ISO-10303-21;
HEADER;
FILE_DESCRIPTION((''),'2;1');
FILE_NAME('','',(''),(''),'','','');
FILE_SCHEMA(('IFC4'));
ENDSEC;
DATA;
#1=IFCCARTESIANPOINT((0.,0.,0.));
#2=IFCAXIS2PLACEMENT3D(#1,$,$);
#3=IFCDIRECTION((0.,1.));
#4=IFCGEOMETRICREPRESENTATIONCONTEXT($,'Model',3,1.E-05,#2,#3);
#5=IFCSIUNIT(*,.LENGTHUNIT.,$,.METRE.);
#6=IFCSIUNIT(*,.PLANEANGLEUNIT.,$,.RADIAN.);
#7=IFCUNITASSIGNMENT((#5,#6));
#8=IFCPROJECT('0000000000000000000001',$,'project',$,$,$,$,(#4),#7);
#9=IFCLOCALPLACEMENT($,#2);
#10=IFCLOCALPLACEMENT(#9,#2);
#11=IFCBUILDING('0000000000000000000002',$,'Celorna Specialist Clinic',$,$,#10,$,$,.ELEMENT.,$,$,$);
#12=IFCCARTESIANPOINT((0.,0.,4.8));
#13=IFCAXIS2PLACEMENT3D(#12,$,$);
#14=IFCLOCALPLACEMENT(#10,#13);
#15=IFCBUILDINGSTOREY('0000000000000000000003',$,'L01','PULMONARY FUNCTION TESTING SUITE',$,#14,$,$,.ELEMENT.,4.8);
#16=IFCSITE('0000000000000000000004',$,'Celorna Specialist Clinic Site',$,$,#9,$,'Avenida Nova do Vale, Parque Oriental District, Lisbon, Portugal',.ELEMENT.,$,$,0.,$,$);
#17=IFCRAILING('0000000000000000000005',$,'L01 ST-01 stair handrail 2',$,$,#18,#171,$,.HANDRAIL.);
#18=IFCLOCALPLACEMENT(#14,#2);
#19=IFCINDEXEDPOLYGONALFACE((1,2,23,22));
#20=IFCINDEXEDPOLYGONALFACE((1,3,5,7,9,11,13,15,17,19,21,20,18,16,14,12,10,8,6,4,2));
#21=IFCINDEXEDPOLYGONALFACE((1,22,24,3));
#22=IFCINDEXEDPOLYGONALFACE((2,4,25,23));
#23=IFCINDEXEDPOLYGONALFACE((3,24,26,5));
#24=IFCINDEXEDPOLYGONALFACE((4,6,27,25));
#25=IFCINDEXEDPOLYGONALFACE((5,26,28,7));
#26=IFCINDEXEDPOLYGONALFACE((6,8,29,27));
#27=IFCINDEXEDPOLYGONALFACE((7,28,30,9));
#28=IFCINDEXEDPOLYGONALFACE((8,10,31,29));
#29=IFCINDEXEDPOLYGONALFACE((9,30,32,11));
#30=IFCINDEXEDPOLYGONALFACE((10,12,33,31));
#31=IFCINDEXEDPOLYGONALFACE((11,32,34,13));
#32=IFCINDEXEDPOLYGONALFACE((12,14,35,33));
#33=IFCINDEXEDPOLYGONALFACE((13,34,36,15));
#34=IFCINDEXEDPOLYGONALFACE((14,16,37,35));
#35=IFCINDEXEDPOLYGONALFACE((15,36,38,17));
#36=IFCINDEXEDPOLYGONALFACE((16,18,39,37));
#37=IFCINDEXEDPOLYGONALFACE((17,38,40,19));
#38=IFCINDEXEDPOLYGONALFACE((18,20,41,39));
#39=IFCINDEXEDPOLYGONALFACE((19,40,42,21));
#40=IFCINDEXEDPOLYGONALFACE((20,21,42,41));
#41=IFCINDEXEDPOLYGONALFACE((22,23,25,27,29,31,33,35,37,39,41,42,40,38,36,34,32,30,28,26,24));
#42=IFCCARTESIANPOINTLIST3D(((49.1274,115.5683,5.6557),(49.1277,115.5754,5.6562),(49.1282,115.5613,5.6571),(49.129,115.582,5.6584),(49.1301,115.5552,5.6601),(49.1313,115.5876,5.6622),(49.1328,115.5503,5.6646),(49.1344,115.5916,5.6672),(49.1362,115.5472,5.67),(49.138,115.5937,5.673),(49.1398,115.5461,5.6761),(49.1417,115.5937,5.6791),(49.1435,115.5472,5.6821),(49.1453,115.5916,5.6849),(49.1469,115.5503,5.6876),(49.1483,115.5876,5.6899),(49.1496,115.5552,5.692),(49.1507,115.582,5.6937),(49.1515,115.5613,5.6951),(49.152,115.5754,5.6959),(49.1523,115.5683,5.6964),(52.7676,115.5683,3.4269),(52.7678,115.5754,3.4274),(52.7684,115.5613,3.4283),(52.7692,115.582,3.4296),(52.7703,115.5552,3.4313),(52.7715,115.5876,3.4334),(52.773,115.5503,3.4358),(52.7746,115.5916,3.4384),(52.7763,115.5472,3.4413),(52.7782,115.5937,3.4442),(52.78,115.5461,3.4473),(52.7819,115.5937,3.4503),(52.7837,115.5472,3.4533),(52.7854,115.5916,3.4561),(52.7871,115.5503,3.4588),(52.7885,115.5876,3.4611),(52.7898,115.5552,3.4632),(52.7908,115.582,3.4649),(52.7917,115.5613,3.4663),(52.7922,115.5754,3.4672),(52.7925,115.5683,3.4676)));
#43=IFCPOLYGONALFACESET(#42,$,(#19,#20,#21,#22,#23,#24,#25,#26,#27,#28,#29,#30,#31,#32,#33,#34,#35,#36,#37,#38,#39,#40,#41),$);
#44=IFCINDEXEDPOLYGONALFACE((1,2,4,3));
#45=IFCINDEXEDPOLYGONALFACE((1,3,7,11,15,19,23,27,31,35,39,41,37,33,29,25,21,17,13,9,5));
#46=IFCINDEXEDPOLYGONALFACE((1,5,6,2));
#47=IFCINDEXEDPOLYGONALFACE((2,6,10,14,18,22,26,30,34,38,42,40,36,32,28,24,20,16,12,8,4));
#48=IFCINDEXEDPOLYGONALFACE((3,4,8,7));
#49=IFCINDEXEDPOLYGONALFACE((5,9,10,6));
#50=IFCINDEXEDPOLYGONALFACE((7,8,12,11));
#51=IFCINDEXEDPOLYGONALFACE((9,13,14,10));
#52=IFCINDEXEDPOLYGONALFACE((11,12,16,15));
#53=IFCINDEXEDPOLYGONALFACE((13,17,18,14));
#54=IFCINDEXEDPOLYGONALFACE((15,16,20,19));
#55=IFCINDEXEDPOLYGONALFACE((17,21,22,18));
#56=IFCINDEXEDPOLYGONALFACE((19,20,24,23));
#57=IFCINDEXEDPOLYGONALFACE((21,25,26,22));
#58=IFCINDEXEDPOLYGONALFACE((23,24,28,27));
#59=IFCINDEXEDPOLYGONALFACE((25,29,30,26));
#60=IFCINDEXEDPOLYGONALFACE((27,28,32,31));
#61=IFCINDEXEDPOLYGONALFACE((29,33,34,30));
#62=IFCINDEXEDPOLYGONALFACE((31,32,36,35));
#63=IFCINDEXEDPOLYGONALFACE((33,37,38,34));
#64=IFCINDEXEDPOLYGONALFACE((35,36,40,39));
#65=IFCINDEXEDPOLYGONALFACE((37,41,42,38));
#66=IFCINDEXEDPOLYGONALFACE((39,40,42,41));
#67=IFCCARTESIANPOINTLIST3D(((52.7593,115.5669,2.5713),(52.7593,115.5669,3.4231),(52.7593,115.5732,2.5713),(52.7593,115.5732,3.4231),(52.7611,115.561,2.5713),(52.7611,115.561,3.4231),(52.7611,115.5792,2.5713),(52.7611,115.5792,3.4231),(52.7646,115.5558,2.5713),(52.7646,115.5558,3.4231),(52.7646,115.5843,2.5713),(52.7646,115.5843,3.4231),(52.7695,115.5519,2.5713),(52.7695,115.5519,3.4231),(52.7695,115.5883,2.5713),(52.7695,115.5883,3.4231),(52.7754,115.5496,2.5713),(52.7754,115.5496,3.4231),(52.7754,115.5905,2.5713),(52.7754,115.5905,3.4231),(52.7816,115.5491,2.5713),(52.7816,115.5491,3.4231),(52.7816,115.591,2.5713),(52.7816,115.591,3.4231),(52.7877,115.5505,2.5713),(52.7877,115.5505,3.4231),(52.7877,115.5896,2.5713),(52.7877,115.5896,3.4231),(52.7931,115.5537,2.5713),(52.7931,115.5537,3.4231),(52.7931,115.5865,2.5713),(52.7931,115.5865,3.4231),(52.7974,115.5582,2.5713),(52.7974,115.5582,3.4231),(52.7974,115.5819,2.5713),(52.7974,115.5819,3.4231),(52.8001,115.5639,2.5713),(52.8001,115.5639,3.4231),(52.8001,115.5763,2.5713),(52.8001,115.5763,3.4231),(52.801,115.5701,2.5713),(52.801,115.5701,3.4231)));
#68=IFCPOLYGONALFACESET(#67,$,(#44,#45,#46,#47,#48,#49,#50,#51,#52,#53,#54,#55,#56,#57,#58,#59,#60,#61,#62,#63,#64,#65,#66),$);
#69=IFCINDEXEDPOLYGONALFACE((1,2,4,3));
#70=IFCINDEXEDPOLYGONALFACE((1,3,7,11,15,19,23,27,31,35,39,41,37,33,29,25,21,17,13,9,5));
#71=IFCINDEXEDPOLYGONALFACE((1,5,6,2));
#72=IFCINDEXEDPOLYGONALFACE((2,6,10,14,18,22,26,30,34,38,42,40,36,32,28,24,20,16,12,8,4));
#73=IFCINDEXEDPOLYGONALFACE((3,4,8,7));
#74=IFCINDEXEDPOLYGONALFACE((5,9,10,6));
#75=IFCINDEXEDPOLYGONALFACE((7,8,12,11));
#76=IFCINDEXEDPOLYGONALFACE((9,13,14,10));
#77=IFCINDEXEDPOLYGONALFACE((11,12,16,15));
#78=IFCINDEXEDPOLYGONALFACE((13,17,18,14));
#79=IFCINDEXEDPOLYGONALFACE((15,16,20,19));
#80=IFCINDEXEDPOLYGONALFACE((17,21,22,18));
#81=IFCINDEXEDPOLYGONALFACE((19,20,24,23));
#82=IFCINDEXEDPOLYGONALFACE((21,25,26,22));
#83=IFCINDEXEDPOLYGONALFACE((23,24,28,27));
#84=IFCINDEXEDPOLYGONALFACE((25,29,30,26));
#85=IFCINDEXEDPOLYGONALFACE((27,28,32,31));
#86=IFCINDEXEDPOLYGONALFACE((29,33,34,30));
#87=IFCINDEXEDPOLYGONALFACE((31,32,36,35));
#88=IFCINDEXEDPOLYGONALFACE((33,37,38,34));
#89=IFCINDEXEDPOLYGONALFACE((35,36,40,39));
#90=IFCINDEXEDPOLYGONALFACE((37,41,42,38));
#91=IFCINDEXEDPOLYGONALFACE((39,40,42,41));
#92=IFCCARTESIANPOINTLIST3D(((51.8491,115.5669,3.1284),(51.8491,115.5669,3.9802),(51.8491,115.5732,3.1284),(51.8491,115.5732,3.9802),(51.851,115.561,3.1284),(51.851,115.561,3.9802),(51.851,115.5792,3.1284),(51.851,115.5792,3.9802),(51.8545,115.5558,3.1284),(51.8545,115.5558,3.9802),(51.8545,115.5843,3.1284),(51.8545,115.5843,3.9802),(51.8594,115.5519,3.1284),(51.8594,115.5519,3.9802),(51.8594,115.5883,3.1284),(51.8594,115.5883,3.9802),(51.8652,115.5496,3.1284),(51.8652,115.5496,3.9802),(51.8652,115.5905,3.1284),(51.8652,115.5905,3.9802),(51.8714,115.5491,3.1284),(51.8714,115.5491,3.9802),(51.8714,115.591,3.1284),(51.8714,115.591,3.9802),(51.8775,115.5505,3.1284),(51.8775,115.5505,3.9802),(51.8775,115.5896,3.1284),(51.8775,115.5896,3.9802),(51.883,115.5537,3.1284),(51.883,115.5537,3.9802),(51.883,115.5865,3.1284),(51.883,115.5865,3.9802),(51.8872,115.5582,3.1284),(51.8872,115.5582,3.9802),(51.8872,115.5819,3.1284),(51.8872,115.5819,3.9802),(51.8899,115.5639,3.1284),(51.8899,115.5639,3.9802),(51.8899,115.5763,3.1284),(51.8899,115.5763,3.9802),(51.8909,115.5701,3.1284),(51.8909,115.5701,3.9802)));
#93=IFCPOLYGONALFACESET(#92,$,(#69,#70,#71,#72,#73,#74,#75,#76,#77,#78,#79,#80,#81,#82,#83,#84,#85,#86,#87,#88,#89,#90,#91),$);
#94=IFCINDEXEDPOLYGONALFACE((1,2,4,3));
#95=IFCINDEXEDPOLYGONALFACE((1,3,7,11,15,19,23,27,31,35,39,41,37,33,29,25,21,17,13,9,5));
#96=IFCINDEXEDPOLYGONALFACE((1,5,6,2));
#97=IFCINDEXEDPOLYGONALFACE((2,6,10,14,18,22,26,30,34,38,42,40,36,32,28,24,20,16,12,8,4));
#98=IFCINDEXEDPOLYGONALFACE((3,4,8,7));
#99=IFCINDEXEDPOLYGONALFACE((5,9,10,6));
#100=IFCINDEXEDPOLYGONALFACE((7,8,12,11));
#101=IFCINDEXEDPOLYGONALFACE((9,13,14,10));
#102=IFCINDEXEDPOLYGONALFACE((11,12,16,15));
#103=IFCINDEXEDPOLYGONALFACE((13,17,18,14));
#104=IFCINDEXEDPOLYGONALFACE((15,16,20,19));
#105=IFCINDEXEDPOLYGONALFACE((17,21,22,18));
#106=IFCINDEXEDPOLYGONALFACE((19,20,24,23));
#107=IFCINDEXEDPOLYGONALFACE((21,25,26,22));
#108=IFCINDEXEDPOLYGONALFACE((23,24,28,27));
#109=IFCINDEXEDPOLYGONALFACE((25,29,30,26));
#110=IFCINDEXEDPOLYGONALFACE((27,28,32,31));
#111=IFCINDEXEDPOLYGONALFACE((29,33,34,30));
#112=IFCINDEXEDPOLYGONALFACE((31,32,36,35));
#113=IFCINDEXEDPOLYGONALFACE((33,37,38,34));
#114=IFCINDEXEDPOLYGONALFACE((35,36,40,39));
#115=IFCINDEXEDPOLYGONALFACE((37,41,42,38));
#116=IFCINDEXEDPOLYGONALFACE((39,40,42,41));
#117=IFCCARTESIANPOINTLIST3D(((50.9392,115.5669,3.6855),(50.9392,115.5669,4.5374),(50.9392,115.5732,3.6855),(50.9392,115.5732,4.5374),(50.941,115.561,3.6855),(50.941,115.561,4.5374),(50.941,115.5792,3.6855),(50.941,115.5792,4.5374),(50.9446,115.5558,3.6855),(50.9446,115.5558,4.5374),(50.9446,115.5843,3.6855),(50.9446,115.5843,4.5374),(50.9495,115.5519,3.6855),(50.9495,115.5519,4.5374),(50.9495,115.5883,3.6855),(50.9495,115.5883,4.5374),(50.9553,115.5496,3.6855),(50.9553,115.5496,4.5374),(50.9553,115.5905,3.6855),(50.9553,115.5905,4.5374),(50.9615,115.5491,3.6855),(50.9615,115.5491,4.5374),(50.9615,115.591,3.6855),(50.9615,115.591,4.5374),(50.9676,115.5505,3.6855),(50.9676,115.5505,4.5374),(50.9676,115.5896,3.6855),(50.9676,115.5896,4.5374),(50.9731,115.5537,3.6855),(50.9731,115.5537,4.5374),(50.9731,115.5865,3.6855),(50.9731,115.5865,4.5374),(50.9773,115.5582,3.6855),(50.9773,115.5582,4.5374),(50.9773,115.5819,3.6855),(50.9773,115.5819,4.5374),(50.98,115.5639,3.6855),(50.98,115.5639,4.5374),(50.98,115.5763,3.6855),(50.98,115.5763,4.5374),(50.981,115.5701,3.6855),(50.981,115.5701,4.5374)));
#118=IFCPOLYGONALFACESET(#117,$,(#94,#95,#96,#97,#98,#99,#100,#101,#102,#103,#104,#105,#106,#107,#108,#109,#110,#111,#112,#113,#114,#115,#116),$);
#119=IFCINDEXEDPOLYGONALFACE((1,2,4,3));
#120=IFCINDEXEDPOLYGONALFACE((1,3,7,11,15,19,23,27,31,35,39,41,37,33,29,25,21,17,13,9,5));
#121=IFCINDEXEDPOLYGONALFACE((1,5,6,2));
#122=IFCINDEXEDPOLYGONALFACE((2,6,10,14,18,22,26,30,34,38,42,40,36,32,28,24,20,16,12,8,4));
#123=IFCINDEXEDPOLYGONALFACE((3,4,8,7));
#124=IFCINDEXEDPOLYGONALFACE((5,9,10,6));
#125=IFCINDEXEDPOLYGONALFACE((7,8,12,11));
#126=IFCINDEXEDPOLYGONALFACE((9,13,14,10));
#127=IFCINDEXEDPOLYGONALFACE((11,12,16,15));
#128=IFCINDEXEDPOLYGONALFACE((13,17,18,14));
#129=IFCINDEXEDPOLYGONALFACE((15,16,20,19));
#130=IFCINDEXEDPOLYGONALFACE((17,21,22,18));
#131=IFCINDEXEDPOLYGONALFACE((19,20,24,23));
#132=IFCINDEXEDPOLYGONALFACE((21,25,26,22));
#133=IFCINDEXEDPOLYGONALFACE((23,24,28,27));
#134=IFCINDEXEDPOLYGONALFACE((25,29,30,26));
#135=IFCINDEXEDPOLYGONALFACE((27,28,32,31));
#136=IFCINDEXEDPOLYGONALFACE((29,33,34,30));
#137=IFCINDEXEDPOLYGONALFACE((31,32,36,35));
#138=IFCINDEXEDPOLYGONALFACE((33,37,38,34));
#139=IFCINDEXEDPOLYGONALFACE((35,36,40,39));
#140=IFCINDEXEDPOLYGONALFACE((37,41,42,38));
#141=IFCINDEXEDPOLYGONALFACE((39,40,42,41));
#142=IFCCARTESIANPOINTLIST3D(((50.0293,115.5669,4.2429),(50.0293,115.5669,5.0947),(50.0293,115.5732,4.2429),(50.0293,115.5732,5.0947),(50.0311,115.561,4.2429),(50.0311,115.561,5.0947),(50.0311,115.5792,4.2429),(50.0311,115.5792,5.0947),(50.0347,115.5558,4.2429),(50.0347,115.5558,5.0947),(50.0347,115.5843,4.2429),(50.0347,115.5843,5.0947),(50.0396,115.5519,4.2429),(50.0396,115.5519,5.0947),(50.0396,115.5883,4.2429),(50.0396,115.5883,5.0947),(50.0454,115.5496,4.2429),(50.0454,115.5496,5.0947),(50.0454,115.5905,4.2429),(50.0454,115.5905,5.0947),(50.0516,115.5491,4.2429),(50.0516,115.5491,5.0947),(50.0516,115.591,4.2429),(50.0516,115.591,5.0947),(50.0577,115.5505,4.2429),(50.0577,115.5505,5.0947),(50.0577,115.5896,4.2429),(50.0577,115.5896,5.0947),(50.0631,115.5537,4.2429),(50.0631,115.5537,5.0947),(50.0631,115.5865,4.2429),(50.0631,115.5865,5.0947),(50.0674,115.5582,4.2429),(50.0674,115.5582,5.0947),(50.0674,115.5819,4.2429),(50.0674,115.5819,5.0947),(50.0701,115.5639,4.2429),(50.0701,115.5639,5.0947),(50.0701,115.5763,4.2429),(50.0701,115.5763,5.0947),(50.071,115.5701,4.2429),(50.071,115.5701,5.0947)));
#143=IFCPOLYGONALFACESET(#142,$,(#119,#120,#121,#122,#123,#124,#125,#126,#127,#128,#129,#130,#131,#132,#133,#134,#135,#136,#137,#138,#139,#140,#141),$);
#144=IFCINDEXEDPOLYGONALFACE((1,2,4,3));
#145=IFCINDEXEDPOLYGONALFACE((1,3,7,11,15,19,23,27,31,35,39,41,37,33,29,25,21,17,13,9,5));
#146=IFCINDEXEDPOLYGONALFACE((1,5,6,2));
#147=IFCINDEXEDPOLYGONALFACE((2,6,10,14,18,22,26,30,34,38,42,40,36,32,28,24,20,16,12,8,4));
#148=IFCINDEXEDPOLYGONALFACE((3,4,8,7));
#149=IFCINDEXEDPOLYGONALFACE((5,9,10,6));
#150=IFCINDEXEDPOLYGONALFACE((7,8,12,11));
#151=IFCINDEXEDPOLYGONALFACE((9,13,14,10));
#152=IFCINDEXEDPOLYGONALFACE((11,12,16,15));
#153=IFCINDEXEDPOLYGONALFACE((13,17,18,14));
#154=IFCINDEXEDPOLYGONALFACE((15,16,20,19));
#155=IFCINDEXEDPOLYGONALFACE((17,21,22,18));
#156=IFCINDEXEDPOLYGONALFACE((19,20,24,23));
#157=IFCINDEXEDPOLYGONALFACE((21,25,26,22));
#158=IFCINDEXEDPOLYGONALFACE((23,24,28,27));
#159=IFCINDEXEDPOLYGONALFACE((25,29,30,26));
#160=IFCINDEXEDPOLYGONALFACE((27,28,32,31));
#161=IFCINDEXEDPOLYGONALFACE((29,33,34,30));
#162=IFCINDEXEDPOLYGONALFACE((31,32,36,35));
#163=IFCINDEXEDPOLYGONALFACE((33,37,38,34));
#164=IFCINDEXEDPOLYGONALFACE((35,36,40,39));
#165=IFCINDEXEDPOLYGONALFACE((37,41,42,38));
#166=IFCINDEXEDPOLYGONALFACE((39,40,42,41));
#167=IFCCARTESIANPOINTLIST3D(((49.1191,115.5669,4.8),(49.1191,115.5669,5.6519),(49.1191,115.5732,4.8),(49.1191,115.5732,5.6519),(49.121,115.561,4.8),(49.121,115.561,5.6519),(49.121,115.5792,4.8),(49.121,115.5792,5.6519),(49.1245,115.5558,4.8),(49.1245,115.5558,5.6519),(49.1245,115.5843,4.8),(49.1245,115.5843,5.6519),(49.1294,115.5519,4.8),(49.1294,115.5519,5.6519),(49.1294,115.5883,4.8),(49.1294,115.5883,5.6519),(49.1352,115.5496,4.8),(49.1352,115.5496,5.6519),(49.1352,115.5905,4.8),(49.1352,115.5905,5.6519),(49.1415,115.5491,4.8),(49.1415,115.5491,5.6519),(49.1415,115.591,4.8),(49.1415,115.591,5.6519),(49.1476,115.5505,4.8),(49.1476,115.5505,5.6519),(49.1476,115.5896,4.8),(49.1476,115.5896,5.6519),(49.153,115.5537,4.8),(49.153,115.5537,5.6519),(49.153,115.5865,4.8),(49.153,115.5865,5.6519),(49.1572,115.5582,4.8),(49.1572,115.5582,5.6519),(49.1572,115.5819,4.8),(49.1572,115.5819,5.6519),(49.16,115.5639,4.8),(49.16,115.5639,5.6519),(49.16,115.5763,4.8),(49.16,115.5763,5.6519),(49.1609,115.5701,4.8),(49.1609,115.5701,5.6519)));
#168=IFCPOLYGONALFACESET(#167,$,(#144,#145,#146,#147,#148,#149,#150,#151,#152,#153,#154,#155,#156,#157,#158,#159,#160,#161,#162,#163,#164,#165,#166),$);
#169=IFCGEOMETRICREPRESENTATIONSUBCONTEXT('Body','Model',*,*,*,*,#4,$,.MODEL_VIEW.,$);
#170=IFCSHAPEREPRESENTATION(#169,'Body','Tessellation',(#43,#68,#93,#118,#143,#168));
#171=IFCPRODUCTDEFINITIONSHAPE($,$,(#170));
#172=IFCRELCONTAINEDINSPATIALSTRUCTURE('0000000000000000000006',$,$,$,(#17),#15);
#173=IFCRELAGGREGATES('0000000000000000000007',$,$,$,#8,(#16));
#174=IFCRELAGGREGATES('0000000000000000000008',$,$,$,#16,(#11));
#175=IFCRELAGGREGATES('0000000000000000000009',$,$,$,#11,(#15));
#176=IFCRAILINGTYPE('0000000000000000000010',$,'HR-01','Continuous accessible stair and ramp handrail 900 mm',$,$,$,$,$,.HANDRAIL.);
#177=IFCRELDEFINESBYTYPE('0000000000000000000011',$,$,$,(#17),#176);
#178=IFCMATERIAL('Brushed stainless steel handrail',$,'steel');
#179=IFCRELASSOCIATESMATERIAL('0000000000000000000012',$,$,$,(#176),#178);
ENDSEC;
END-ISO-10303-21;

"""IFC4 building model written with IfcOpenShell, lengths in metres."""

from ifc_helpers import new_model, si_unit, direction, frame, origin, origin_2d, place, context, subcontext, project, spatial, circle, extrude, material, type_object, element, save


model = new_model("IFC4")

# Units and contexts
model_context = context("Model", 3, precision=1e-05, world=origin(), true_north=direction((0.0, 1.0)))
body_context = subcontext(model_context, "Body", "Model", "MODEL_VIEW")
ifc_project = project(units=[si_unit("LENGTHUNIT", "METRE"), si_unit("PLANEANGLEUNIT", "RADIAN")], contexts=[model_context])

# Site, building, storey
site_placement = place(None, origin())
site = spatial("IfcSite", under=ifc_project, at=site_placement, Name="Celorna Specialist Clinic Site", LongName="Avenida Nova do Vale, Parque Oriental District, Lisbon, Portugal", CompositionType="ELEMENT", RefElevation=0.0)
building_placement = place(site_placement, origin())
building = spatial("IfcBuilding", under=site, at=building_placement, Name="Celorna Specialist Clinic", CompositionType="ELEMENT")
storey_placement = place(building_placement, frame((0.0, 0.0, 4.8)))
storey = spatial("IfcBuildingStorey", under=building, at=storey_placement, Name="L01", Description="PULMONARY FUNCTION TESTING SUITE", CompositionType="ELEMENT", Elevation=4.8)

# Railing
ifc_material_1 = material(Name="Brushed stainless steel handrail", Category="steel")
railing_type_1 = type_object("IfcRailingType", Name="HR-01", Description="Continuous accessible stair and ramp handrail 900 mm", PredefinedType="HANDRAIL", material=ifc_material_1)
railing_1_placement = place(storey_placement, frame((52.78, 115.5701, 2.5713)))
element("IfcRailing", 1, at=railing_1_placement, inside=storey, type_object=railing_type_1, Name="L01 ST-01 stair handrail 2", PredefinedType="HANDRAIL", context=body_context, shape_type="SweptSolid", body=[
    extrude(circle(Radius=0.0239, at=origin_2d()), frame((0.0, 0.0, 0.876), z_axis=(-0.85284, 0.0, 0.522172), x_axis=(0.0, -1.0, 0.0)), (0.0, 0.0, 1.0), 4.2683),
    extrude(circle(Radius=0.021, at=origin_2d()), origin(), (0.0, 0.0, 1.0), 0.8518),
    extrude(circle(Radius=0.021, at=origin_2d()), frame((-0.9102, 0.0, 0.5571)), (0.0, 0.0, 1.0), 0.8518),
    extrude(circle(Radius=0.021, at=origin_2d()), frame((-1.8201, 0.0, 1.1143)), (0.0, 0.0, 1.0), 0.8518),
    extrude(circle(Radius=0.021, at=origin_2d()), frame((-2.73, 0.0, 1.6716)), (0.0, 0.0, 1.0), 0.8518),
    extrude(circle(Radius=0.021, at=origin_2d()), frame((-3.6401, 0.0, 2.2288)), (0.0, 0.0, 1.0), 0.8518),
])

save(model, "model.ifc")
